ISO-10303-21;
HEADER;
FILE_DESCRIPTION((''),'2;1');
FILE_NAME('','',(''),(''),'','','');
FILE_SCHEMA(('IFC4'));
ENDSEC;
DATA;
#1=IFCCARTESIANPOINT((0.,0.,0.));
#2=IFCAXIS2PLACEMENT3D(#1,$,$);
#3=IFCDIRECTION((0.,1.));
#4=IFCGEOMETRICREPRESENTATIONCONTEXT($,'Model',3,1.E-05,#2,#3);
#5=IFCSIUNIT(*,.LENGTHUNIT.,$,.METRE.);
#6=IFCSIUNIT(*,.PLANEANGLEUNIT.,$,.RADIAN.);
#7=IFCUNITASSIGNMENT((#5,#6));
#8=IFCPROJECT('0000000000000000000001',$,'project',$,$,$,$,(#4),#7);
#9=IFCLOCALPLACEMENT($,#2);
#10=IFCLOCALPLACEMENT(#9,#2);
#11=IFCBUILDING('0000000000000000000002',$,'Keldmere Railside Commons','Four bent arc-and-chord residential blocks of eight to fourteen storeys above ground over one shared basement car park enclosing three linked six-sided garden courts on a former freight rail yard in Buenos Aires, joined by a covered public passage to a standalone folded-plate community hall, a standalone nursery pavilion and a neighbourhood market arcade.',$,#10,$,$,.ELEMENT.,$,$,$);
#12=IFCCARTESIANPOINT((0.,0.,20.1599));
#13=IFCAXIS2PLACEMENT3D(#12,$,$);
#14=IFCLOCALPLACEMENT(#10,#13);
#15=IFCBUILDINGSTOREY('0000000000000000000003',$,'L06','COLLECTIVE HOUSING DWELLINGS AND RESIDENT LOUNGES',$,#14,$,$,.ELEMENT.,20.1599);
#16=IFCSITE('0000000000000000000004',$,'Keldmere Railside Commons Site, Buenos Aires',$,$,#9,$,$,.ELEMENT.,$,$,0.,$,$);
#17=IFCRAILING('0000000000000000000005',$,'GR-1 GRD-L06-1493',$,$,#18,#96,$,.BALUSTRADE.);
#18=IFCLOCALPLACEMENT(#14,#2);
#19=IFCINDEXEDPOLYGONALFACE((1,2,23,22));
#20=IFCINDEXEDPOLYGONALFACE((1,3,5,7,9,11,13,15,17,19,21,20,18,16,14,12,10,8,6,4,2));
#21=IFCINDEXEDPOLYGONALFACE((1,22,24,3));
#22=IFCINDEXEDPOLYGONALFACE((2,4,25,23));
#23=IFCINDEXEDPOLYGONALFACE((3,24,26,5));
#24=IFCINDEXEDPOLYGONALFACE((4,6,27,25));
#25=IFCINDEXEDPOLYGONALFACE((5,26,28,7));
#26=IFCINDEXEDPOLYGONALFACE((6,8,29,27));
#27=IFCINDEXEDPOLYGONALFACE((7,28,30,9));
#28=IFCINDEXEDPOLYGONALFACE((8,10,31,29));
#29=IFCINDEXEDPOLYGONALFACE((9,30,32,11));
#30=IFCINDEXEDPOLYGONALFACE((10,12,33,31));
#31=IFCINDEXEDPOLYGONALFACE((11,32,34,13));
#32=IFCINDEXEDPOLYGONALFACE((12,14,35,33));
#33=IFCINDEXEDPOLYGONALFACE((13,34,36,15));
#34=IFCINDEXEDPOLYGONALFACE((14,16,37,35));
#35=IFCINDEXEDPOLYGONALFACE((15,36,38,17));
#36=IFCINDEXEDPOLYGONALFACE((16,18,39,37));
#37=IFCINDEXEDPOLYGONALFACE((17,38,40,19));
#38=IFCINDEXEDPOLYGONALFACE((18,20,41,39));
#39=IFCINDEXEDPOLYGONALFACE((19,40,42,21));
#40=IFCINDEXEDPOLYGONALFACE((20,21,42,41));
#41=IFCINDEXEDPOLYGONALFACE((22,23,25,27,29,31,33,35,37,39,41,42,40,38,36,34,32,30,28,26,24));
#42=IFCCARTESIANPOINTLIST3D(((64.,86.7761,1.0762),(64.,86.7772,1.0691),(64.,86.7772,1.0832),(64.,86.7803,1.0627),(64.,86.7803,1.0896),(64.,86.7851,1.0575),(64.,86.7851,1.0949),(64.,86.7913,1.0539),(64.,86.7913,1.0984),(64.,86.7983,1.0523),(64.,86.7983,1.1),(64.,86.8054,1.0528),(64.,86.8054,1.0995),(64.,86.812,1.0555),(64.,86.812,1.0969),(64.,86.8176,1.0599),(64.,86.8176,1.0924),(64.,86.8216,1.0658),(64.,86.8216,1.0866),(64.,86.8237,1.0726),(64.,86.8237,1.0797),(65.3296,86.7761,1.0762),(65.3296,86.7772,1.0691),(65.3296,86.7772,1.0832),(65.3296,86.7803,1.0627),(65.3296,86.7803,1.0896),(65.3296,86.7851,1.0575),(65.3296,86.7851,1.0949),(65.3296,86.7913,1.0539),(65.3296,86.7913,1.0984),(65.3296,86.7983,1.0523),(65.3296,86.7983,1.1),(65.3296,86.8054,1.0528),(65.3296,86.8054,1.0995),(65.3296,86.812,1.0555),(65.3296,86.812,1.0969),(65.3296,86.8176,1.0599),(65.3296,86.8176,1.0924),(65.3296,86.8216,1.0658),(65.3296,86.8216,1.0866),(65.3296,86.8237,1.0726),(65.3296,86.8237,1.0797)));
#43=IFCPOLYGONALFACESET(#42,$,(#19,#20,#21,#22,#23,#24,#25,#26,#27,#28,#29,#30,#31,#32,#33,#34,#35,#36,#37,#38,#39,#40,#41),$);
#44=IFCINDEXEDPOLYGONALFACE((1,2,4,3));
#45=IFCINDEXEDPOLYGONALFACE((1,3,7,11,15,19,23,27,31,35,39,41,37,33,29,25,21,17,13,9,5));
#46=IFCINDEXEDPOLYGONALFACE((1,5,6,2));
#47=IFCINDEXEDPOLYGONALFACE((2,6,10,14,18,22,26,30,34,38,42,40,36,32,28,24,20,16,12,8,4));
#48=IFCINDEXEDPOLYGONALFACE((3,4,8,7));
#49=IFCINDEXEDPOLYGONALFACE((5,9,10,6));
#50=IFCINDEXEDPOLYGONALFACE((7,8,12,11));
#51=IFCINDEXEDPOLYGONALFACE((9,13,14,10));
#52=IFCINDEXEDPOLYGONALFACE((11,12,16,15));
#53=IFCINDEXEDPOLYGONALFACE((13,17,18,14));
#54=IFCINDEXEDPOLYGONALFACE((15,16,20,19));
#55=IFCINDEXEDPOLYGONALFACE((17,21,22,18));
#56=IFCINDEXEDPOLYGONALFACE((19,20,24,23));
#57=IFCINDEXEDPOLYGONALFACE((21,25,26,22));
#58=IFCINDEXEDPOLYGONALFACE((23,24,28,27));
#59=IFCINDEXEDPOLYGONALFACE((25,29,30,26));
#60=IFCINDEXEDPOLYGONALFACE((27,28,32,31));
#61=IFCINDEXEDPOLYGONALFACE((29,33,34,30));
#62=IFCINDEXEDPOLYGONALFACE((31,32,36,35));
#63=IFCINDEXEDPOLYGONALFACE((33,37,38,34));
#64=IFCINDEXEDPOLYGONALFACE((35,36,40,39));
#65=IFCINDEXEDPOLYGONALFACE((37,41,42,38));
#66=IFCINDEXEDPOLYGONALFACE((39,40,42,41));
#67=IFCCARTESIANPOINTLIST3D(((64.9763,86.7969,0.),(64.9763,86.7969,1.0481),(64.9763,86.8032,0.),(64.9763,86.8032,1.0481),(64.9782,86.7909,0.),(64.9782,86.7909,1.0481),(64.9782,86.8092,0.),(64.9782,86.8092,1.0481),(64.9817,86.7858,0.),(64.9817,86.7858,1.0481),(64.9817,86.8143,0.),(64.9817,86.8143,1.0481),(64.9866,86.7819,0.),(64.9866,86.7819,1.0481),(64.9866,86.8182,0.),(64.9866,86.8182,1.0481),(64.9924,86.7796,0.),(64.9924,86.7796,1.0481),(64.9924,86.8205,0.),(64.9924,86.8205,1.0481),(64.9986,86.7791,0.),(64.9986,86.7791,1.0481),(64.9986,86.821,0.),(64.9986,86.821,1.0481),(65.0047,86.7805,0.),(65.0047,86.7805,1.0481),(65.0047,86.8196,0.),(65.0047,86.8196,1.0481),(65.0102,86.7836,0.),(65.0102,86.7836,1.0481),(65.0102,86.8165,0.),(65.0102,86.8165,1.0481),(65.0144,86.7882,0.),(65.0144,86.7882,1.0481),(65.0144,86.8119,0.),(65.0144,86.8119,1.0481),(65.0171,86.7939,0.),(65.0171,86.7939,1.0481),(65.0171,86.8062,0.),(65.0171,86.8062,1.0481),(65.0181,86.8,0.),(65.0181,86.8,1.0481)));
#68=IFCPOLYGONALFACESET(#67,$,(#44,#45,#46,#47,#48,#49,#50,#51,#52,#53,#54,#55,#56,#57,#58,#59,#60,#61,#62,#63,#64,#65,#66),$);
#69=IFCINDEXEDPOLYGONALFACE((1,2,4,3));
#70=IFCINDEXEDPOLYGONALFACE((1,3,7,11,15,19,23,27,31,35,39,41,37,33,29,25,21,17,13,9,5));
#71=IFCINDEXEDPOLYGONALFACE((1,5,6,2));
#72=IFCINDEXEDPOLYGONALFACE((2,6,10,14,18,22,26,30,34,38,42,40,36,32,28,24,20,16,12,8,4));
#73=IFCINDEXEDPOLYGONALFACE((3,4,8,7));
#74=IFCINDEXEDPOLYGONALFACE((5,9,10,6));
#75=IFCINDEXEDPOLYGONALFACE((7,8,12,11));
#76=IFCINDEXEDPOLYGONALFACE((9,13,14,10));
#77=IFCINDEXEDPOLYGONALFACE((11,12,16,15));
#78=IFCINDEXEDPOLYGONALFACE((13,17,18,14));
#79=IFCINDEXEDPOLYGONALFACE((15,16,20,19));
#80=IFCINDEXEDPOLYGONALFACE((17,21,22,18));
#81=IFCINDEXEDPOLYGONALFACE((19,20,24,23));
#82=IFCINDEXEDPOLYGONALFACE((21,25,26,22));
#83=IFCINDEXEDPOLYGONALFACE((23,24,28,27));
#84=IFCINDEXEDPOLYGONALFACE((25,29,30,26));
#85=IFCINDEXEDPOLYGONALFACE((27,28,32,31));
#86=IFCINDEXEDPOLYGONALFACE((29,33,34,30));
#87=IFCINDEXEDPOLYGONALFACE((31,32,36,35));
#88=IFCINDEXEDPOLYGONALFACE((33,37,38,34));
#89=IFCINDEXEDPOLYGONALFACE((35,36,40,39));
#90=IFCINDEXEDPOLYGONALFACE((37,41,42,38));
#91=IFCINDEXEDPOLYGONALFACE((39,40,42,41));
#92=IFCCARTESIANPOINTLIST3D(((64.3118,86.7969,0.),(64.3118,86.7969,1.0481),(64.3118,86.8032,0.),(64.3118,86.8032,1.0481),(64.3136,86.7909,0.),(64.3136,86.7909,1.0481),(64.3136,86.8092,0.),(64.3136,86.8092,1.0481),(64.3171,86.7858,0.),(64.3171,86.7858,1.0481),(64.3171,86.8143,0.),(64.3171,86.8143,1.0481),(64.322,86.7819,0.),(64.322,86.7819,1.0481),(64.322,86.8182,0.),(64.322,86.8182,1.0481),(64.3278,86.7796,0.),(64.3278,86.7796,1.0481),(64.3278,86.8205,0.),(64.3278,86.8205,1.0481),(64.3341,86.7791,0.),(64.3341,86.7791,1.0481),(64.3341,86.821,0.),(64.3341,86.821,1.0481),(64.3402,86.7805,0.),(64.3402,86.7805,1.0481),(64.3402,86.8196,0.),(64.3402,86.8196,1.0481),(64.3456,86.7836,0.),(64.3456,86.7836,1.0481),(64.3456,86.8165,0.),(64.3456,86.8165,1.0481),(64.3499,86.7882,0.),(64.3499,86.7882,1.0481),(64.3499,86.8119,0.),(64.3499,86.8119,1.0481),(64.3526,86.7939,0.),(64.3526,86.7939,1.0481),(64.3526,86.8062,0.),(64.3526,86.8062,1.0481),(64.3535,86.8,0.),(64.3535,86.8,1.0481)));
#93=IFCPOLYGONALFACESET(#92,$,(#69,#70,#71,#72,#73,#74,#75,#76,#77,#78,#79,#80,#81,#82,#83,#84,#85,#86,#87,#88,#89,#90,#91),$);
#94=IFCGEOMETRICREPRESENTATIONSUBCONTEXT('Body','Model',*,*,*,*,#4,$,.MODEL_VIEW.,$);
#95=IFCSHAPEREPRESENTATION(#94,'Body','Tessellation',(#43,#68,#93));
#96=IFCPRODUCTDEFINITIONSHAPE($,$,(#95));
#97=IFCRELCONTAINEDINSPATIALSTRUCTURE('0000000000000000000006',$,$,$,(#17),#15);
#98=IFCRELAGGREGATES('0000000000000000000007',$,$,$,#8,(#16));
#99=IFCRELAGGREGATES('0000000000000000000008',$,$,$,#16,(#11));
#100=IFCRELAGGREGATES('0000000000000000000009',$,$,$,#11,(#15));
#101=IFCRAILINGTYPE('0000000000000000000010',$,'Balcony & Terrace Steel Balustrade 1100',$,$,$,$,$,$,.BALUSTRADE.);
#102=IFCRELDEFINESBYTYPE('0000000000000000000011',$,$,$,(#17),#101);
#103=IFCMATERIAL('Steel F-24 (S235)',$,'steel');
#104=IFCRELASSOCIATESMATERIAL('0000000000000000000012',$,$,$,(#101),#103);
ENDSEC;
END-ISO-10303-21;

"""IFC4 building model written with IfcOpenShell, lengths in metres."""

from ifc_helpers import new_model, si_unit, direction, frame, origin, origin_2d, place, context, subcontext, project, spatial, circle, extrude, material, type_object, element, save


model = new_model("IFC4")

# Units and contexts
model_context = context("Model", 3, precision=1e-05, world=origin(), true_north=direction((0.0, 1.0)))
body_context = subcontext(model_context, "Body", "Model", "MODEL_VIEW")
ifc_project = project(units=[si_unit("LENGTHUNIT", "METRE"), si_unit("PLANEANGLEUNIT", "RADIAN")], contexts=[model_context])

# Site, building, storey
site_placement = place(None, origin())
site = spatial("IfcSite", under=ifc_project, at=site_placement, Name="Keldmere Railside Commons Site, Buenos Aires", CompositionType="ELEMENT", RefElevation=0.0)
building_placement = place(site_placement, origin())
building = spatial("IfcBuilding", under=site, at=building_placement, Name="Keldmere Railside Commons", Description="Four bent arc-and-chord residential blocks of eight to fourteen storeys above ground over one shared basement car park enclosing three linked six-sided garden courts on a former freight rail yard in Buenos Aires, joined by a covered public passage to a standalone folded-plate community hall, a standalone nursery pavilion and a neighbourhood market arcade.", CompositionType="ELEMENT")
storey_placement = place(building_placement, frame((0.0, 0.0, 20.1599)))
storey = spatial("IfcBuildingStorey", under=building, at=storey_placement, Name="L06", Description="COLLECTIVE HOUSING DWELLINGS AND RESIDENT LOUNGES", CompositionType="ELEMENT", Elevation=20.1599)

# Railing
ifc_material_1 = material(Name="Steel F-24 (S235)", Category="steel")
railing_type = type_object("IfcRailingType", Name="Balcony & Terrace Steel Balustrade 1100", PredefinedType="BALUSTRADE", material=ifc_material_1)
railing_1_placement = place(storey_placement, frame((65.3296, 86.8, 0.0)))
element("IfcRailing", 1, at=railing_1_placement, inside=storey, type_object=railing_type, Name="GR-1 GRD-L06-1493", PredefinedType="BALUSTRADE", context=body_context, shape_type="SweptSolid", body=[
    extrude(circle(Radius=0.0239, at=origin_2d()), frame((0.0, 0.0, 1.0762), z_axis=(-1.0, 0.0, 0.0), x_axis=(0.0, -1.0, 0.0)), (0.0, 0.0, 1.0), 1.3296),
    extrude(circle(Radius=0.021, at=origin_2d()), frame((-0.3325, 0.0, 0.0)), (0.0, 0.0, 1.0), 1.0481),
    extrude(circle(Radius=0.021, at=origin_2d()), frame((-0.9971, 0.0, 0.0)), (0.0, 0.0, 1.0), 1.0481),
])

save(model, "model.ifc")
